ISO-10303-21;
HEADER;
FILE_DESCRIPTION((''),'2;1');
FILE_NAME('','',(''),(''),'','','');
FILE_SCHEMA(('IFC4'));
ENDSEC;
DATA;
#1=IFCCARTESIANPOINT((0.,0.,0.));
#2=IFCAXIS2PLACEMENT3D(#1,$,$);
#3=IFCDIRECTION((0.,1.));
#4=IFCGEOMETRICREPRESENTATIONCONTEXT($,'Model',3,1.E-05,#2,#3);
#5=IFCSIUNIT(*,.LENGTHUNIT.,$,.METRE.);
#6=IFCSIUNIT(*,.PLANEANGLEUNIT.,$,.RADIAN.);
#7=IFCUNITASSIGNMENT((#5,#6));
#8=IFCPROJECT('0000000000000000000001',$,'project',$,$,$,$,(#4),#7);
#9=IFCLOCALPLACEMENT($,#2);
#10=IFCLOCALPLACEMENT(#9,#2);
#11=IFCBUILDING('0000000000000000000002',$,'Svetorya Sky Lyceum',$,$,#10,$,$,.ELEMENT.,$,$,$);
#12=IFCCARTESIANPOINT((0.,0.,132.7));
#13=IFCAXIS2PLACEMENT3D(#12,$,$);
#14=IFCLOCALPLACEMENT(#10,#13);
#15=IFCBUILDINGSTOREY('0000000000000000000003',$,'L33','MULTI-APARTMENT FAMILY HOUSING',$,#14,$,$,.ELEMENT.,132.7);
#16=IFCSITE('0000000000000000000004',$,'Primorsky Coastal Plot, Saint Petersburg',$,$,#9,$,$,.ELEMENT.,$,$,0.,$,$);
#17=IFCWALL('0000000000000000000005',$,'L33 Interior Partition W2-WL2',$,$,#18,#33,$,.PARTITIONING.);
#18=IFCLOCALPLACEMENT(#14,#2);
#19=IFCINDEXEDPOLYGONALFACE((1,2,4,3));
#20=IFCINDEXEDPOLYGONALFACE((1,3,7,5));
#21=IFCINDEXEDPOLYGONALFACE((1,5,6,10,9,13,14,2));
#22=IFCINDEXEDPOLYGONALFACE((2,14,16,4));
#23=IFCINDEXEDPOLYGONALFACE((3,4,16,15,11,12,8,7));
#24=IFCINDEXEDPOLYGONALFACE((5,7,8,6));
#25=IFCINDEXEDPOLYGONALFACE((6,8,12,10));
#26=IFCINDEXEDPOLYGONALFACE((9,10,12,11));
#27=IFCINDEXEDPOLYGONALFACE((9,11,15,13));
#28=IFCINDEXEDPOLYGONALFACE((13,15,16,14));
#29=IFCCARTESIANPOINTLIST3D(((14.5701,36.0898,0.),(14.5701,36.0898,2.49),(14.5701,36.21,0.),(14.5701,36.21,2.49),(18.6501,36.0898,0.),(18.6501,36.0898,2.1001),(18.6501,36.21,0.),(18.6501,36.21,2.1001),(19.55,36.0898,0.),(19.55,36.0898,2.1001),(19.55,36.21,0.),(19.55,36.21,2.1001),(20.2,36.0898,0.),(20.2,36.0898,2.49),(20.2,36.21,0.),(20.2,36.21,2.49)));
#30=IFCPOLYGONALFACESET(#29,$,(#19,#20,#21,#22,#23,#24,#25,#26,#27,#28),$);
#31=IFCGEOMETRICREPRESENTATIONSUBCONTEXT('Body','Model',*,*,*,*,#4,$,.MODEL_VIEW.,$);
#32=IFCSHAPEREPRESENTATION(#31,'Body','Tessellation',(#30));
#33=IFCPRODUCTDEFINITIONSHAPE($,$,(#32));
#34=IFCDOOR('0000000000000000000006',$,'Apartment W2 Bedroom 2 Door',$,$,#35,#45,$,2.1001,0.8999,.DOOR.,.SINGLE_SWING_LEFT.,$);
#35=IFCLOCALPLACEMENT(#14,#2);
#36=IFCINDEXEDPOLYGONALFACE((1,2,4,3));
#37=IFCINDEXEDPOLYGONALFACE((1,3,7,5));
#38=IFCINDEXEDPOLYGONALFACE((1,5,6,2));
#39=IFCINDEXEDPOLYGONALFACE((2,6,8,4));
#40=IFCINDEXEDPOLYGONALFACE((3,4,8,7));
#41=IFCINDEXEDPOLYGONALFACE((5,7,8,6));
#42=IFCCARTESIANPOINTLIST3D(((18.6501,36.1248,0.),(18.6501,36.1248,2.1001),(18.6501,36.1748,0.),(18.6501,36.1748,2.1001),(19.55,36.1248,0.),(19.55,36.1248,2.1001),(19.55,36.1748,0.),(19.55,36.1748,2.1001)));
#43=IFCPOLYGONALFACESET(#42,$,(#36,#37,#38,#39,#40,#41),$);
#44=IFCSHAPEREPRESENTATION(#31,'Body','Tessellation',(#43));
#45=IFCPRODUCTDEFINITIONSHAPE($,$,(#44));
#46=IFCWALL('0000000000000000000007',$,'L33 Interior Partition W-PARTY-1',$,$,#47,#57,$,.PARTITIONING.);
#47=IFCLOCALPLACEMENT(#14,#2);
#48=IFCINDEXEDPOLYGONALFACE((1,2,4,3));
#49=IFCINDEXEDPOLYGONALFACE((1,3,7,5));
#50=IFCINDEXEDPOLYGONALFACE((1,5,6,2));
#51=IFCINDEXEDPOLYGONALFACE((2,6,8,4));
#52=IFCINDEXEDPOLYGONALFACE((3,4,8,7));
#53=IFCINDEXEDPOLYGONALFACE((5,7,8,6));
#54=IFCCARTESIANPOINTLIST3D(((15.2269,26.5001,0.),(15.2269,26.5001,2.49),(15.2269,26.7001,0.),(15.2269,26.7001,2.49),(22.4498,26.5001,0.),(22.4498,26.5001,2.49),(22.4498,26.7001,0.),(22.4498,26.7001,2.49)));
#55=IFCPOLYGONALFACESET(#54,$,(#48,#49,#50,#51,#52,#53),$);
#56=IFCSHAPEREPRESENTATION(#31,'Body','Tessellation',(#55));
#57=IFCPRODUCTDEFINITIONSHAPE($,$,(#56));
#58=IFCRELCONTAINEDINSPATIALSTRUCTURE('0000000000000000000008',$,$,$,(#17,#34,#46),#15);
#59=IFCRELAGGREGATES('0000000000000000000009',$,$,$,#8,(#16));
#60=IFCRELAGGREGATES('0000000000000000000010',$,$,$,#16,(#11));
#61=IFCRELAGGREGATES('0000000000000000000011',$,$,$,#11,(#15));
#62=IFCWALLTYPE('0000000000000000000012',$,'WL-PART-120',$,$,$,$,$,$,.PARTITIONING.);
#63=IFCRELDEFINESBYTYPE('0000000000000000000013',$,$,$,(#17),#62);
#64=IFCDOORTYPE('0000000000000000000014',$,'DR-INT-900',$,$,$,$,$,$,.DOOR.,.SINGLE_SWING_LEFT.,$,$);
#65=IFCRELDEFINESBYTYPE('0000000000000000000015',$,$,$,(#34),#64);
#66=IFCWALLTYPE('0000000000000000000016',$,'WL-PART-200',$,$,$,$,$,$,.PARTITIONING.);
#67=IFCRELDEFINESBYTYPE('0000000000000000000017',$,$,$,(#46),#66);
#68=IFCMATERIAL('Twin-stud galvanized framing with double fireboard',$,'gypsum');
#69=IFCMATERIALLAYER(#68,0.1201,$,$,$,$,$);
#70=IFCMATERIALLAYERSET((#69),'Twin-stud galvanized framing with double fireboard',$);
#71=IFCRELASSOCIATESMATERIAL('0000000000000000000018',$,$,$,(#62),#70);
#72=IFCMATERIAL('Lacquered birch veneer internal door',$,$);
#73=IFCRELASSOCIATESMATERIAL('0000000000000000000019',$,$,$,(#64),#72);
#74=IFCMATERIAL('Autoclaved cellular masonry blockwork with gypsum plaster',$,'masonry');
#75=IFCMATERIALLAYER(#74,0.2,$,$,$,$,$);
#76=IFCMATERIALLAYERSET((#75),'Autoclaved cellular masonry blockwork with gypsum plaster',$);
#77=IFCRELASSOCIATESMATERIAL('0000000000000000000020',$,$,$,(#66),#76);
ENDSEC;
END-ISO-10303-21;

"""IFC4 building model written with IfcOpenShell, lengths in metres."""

from ifc_helpers import new_model, si_unit, direction, frame, frame_2d, origin, place, context, subcontext, project, spatial, rectangle, extrude, material, layer, layer_set, type_object, element, fill, save


model = new_model("IFC4")

# Units and contexts
model_context = context("Model", 3, precision=1e-05, world=origin(), true_north=direction((0.0, 1.0)))
body_context = subcontext(model_context, "Body", "Model", "MODEL_VIEW")
ifc_project = project(units=[si_unit("LENGTHUNIT", "METRE"), si_unit("PLANEANGLEUNIT", "RADIAN")], contexts=[model_context])

# Site, building, storey
site_placement = place(None, origin())
site = spatial("IfcSite", under=ifc_project, at=site_placement, Name="Primorsky Coastal Plot, Saint Petersburg", CompositionType="ELEMENT", RefElevation=0.0)
building_placement = place(site_placement, origin())
building = spatial("IfcBuilding", under=site, at=building_placement, Name="Svetorya Sky Lyceum", CompositionType="ELEMENT")
storey_placement = place(building_placement, frame((0.0, 0.0, 132.7)))
storey = spatial("IfcBuildingStorey", under=building, at=storey_placement, Name="L33", Description="MULTI-APARTMENT FAMILY HOUSING", CompositionType="ELEMENT", Elevation=132.7)

# Wall, opening, door
ifc_material_1 = material(Name="Twin-stud galvanized framing with double fireboard", Category="gypsum")
ifc_layer_1 = layer(ifc_material_1, 0.1201)
ifc_layer_set_1 = layer_set([ifc_layer_1], Name="Twin-stud galvanized framing with double fireboard")
wall_type_1 = type_object("IfcWallType", Name="WL-PART-120", PredefinedType="PARTITIONING", material=ifc_layer_set_1)
ifc_material_2 = material(Name="Lacquered birch veneer internal door")
door_type_1 = type_object("IfcDoorType", Name="DR-INT-900", OperationType="SINGLE_SWING_LEFT", PredefinedType="DOOR", material=ifc_material_2)
wall_1_placement = place(storey_placement, frame((14.5701, 36.1499, 0.0), z_axis=(0.0, 0.0, 1.0), x_axis=(1.0, 0.0, 0.0)))
wall_1 = element("IfcWall", 1, at=wall_1_placement, inside=storey, type_object=wall_type_1, Name="L33 Interior Partition W2-WL2", PredefinedType="PARTITIONING", context=body_context, shape_type="SweptSolid", body=[
    extrude(rectangle(XDim=5.6299, YDim=0.1201, at=frame_2d((2.8149, 0.0))), origin(), (0.0, 0.0, 1.0), 2.49),
])
opening_1_placement = place(wall_1_placement, frame((4.0801, 0.0, 0.0)))
opening_1 = element("IfcOpeningElement", 2, at=opening_1_placement, cuts=wall_1, PredefinedType="OPENING", context=body_context, shape_type="SweptSolid", body=[
    extrude(rectangle(XDim=0.8999, YDim=2.1001, at=frame_2d((0.45, 1.05))), frame((0.0, 0.0701, 0.0), z_axis=(0.0, -1.0, 0.0), x_axis=(1.0, 0.0, 0.0)), (0.0, 0.0, 1.0), 0.1401),
])
door_1_placement = place(opening_1_placement, origin())
door_1 = element("IfcDoor", 3, at=door_1_placement, inside=storey, type_object=door_type_1, Name="Apartment W2 Bedroom 2 Door", OperationType="SINGLE_SWING_LEFT", OverallHeight=2.1001, OverallWidth=0.8999, PredefinedType="DOOR", context=body_context, shape_type="SweptSolid", body=[
    extrude(rectangle(XDim=0.8999, YDim=2.1001, at=frame_2d((0.45, 1.05))), frame((0.0, 0.0249, 0.0), z_axis=(0.0, -1.0, 0.0), x_axis=(1.0, 0.0, 0.0)), (0.0, 0.0, 1.0), 0.05),
])
fill(opening_1, door_1)

# Wall
ifc_material_3 = material(Name="Autoclaved cellular masonry blockwork with gypsum plaster", Category="masonry")
ifc_layer_2 = layer(ifc_material_3, 0.2)
ifc_layer_set_2 = layer_set([ifc_layer_2], Name="Autoclaved cellular masonry blockwork with gypsum plaster")
wall_type_2 = type_object("IfcWallType", Name="WL-PART-200", PredefinedType="PARTITIONING", material=ifc_layer_set_2)
wall_2_placement = place(storey_placement, frame((15.2271, 26.6001, 0.0), z_axis=(0.0, 0.0, 1.0), x_axis=(1.0, 0.0, 0.0)))
element("IfcWall", 4, at=wall_2_placement, inside=storey, type_object=wall_type_2, Name="L33 Interior Partition W-PARTY-1", PredefinedType="PARTITIONING", context=body_context, shape_type="SweptSolid", body=[
    extrude(rectangle(XDim=7.2229, YDim=0.2, at=frame_2d((3.6113, 0.0))), origin(), (0.0, 0.0, 1.0), 2.49),
])

save(model, "model.ifc")
